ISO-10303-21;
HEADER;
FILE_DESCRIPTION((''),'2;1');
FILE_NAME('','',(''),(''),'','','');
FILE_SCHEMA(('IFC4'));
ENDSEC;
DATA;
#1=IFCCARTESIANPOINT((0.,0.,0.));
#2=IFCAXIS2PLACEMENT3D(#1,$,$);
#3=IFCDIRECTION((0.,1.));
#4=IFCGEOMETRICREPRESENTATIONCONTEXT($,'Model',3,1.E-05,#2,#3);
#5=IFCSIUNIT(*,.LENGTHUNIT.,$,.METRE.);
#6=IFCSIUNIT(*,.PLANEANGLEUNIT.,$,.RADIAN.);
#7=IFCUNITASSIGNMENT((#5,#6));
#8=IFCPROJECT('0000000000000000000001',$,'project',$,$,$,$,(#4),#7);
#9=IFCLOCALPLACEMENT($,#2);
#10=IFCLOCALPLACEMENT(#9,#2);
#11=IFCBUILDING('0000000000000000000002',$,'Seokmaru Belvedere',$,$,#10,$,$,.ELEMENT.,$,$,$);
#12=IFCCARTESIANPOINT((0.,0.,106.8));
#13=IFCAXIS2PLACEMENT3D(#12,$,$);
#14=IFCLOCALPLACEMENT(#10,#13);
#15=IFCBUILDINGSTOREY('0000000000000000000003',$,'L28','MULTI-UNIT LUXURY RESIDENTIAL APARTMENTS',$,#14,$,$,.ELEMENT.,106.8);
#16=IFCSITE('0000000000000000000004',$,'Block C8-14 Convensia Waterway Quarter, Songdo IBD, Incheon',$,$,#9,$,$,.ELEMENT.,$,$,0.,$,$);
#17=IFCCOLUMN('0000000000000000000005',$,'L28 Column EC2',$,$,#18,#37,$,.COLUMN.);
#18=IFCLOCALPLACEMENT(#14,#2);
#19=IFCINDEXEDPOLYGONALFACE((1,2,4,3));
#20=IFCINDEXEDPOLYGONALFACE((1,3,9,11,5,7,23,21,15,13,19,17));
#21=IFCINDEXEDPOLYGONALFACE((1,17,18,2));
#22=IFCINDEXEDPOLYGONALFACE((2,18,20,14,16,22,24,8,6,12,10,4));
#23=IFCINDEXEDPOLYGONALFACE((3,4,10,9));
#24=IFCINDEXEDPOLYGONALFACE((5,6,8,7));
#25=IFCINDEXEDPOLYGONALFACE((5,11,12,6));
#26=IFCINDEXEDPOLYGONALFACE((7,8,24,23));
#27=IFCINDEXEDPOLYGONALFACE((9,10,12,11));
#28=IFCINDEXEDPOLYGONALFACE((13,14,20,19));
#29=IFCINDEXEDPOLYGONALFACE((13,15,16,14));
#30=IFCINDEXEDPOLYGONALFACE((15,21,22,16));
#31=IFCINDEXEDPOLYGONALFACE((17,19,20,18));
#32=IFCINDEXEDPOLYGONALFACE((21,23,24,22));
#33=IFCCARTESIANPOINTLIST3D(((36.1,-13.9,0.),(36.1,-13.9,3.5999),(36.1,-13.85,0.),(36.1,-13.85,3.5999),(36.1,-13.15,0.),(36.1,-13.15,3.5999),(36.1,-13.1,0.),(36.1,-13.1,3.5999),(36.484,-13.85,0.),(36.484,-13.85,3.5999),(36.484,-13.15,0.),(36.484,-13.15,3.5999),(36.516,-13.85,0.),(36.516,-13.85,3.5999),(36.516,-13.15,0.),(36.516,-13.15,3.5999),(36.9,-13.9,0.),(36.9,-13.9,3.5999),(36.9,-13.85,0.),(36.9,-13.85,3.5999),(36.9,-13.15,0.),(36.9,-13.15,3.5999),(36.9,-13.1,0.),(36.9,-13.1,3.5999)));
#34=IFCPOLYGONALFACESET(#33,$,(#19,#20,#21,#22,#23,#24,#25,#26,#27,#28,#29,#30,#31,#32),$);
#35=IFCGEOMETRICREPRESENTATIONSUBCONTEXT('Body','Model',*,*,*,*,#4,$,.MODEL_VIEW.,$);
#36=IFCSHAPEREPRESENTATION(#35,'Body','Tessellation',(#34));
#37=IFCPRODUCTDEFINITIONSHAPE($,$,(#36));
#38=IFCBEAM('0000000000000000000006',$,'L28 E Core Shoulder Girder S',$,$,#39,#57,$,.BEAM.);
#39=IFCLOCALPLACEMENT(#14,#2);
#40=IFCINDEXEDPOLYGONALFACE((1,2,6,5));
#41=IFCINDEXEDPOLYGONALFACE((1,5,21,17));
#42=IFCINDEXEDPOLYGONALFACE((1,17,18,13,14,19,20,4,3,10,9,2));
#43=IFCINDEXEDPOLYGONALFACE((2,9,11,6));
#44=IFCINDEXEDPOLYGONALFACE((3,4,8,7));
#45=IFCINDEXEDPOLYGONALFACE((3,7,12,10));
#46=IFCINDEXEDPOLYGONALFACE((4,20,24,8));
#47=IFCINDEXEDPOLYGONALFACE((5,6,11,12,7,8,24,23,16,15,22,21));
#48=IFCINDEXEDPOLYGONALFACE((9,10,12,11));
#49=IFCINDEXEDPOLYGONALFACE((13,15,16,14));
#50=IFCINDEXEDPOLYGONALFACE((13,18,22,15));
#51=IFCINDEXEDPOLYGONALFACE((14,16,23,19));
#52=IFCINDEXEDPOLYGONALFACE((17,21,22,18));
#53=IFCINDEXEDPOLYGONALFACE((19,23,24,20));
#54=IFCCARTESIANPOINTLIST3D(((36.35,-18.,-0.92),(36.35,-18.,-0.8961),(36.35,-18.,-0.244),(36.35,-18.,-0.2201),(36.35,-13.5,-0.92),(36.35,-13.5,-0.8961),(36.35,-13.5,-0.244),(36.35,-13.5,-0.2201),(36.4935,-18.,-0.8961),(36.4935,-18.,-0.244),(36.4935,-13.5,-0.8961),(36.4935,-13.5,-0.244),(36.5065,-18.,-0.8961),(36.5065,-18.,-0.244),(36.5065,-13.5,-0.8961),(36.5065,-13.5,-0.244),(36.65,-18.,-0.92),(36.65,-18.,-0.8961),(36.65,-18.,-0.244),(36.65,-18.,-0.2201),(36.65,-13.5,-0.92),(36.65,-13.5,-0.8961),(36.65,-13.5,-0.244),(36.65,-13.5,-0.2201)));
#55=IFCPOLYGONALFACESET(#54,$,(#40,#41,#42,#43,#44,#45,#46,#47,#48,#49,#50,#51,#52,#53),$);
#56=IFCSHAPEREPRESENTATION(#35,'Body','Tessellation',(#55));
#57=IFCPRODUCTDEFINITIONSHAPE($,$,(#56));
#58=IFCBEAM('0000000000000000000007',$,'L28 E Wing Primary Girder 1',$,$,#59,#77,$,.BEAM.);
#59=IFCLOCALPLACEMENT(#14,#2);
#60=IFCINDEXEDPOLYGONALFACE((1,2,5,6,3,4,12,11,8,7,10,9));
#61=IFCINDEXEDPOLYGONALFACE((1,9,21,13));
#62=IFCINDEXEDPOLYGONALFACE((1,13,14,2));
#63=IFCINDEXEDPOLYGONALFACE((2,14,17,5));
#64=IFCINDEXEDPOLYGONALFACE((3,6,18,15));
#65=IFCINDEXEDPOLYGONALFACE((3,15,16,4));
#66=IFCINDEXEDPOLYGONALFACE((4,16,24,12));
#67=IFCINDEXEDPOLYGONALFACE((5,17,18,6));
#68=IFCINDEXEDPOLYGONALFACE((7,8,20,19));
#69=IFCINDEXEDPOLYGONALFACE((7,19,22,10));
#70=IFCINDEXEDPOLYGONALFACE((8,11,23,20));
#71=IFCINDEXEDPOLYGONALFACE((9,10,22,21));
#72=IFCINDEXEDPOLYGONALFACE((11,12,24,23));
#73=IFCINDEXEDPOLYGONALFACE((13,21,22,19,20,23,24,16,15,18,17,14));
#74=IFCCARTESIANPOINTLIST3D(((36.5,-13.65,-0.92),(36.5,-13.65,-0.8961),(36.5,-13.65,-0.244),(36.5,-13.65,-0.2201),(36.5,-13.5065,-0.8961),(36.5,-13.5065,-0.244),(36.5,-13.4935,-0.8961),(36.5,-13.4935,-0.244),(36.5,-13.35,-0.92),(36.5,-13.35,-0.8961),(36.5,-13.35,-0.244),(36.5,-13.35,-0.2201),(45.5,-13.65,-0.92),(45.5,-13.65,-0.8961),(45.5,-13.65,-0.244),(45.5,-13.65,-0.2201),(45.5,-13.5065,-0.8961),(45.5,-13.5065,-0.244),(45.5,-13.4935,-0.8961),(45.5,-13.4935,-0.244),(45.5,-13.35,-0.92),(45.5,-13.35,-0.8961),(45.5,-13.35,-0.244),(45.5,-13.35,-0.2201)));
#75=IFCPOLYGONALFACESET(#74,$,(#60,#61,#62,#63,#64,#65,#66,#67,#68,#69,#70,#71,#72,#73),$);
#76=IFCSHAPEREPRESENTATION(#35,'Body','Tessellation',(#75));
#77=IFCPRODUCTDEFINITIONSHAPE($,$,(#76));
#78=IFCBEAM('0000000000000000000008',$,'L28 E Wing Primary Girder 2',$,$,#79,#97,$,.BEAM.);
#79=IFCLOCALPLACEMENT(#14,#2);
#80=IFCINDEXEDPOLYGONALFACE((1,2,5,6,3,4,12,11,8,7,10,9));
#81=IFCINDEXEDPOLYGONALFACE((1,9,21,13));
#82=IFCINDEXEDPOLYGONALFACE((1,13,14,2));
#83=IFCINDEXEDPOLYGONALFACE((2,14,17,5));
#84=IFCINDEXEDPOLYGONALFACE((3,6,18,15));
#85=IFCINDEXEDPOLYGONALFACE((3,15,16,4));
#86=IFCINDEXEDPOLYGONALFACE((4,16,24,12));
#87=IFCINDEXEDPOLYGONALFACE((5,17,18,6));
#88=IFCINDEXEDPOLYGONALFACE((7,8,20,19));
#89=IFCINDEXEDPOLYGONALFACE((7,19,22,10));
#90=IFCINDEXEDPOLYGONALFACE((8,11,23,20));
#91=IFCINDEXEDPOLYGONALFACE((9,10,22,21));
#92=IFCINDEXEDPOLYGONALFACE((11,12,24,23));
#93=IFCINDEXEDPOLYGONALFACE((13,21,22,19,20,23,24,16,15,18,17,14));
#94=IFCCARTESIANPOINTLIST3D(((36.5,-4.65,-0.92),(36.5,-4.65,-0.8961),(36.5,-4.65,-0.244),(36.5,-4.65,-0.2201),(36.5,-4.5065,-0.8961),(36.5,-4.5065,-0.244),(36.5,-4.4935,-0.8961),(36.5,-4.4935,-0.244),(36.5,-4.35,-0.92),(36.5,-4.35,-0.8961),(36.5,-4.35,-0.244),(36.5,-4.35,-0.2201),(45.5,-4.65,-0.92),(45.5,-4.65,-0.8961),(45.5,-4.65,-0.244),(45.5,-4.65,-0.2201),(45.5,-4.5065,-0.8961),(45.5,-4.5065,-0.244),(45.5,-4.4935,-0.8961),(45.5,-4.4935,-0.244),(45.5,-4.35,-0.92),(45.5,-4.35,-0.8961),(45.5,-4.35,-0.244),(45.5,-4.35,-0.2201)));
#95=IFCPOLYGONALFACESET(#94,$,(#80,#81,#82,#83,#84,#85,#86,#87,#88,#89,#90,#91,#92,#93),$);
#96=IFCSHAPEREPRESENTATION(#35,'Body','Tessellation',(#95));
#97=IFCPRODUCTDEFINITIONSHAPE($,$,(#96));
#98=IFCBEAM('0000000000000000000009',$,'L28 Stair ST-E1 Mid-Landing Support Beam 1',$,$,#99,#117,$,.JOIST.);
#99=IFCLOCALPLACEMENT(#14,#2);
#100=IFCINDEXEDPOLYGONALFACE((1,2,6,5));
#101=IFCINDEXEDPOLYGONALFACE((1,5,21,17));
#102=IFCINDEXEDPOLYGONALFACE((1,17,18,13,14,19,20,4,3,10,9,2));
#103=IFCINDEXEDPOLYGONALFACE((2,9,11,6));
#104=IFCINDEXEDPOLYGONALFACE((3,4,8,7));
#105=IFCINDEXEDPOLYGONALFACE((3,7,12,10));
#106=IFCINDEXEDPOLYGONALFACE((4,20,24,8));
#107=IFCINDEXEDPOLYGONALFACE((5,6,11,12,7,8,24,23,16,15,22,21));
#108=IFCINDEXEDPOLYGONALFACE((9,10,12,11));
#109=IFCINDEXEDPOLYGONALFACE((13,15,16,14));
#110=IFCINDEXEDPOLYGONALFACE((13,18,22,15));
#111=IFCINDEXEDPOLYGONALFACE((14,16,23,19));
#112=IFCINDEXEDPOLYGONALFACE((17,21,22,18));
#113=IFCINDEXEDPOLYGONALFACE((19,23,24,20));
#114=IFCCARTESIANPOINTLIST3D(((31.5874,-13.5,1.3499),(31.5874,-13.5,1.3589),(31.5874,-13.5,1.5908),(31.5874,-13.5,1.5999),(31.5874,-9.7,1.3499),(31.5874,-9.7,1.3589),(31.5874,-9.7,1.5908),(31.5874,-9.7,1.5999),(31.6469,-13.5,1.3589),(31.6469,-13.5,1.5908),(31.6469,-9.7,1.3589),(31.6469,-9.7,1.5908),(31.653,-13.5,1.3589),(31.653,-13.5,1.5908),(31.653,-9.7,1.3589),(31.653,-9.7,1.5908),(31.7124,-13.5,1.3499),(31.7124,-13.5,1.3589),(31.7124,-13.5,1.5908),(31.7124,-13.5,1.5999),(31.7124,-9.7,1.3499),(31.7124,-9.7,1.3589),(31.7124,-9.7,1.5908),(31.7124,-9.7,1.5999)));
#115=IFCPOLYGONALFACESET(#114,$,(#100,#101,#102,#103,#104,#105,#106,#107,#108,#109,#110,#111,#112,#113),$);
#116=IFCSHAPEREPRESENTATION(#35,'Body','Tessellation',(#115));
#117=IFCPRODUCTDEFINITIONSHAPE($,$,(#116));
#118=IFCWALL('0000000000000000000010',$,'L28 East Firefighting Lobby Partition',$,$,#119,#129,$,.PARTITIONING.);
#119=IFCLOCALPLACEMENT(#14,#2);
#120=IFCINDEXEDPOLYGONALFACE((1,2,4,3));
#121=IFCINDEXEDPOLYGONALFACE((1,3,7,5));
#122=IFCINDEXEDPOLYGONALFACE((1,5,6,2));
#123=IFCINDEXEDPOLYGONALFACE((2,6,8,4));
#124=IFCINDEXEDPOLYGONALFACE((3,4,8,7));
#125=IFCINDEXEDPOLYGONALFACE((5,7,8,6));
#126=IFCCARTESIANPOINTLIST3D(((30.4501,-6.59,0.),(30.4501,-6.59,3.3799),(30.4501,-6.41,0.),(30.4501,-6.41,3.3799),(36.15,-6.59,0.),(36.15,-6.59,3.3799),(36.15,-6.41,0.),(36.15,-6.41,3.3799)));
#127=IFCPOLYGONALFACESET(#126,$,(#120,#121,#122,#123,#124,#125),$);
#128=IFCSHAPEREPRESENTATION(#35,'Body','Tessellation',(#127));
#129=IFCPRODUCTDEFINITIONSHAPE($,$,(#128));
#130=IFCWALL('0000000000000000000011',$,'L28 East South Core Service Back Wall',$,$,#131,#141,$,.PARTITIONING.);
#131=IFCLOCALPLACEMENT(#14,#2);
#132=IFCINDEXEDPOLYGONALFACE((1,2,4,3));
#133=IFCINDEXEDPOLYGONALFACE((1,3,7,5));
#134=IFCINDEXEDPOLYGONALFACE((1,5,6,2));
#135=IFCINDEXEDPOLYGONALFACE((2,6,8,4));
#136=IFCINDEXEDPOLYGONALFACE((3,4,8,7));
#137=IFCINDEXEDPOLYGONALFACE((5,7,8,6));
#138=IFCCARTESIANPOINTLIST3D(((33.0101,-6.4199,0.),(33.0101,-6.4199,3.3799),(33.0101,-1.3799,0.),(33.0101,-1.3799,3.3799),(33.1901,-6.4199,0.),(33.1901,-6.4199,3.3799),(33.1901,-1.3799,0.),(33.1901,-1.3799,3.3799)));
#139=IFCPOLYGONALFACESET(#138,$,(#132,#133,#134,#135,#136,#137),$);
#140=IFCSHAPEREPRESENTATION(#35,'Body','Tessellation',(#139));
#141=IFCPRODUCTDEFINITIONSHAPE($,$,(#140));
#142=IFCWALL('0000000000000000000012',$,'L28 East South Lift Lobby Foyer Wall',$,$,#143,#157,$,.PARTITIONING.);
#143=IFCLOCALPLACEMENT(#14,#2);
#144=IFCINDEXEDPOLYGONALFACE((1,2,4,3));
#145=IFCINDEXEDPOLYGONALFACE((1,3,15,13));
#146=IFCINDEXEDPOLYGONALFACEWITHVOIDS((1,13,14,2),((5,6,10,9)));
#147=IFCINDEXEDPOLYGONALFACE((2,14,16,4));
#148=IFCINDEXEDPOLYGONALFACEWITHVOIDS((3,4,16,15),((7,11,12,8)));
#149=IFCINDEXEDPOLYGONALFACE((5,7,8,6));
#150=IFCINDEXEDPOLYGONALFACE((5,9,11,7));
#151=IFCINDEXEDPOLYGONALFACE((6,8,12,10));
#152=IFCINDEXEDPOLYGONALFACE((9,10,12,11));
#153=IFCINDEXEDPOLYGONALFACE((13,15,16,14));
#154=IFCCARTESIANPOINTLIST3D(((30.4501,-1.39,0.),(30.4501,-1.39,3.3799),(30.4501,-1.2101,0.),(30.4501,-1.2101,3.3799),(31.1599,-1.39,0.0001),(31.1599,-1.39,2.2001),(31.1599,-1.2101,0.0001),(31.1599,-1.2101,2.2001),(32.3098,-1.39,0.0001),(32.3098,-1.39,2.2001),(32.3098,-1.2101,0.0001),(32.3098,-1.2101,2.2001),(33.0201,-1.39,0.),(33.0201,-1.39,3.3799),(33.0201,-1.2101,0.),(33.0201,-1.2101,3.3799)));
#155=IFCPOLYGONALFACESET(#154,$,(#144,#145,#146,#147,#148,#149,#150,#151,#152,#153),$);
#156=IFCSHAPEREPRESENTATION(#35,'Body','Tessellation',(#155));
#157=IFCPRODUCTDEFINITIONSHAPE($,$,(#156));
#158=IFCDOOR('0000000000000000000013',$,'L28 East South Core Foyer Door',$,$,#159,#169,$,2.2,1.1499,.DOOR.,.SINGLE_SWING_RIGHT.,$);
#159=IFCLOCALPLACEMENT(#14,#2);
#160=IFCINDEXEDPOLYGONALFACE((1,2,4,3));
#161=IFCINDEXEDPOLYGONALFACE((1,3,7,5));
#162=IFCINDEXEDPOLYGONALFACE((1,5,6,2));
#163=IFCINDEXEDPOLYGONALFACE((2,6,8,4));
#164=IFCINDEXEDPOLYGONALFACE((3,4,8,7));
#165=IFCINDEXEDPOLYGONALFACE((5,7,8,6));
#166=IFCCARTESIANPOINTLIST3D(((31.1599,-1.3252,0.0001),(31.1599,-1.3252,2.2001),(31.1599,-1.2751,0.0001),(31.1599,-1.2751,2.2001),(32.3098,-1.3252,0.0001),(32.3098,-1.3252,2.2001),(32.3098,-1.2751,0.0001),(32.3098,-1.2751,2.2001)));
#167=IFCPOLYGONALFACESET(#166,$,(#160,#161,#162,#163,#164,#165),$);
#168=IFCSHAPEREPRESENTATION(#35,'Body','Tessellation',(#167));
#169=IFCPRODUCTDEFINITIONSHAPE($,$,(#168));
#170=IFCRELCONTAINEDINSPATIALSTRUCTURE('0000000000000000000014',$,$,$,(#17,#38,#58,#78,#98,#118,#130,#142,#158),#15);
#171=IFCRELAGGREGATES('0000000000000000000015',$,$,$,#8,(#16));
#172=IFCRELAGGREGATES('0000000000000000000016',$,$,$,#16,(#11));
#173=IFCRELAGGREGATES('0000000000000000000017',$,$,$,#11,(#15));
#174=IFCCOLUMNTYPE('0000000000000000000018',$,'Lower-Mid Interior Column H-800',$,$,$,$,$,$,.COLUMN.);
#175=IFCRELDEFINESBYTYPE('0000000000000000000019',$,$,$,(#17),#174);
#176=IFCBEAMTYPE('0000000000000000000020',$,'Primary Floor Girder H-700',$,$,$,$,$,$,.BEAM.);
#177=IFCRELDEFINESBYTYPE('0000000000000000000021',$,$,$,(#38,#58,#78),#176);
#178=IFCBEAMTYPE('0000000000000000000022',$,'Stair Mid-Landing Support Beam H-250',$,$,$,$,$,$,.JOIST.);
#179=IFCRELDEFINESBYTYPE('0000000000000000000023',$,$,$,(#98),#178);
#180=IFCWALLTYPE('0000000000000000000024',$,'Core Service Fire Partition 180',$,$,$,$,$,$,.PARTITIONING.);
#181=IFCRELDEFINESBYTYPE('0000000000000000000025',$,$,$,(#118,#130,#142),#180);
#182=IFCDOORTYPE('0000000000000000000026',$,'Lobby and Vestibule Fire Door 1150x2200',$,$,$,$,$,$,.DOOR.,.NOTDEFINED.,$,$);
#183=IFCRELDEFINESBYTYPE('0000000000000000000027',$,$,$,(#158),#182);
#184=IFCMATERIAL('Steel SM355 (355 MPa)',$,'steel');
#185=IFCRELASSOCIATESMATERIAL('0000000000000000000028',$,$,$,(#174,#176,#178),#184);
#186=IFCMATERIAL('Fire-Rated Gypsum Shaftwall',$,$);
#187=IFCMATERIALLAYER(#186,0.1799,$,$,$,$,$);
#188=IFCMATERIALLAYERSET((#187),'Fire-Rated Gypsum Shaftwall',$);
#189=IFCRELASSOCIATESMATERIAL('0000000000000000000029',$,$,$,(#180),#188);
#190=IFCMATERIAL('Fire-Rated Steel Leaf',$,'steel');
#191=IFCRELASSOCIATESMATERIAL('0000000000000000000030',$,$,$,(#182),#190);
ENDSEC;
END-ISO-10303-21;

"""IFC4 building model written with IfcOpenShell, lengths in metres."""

from ifc_helpers import new_model, si_unit, direction, frame, frame_2d, origin, origin_2d, place, context, subcontext, project, spatial, rectangle, i_section, extrude, source, transform, mapped, material, layer, layer_set, material_profile, profile_set, type_object, type_shapes, element, fill, save


model = new_model("IFC4")

# Units and contexts
model_context = context("Model", 3, precision=1e-05, world=origin(), true_north=direction((0.0, 1.0)))
body_context = subcontext(model_context, "Body", "Model", "MODEL_VIEW")
ifc_project = project(units=[si_unit("LENGTHUNIT", "METRE"), si_unit("PLANEANGLEUNIT", "RADIAN")], contexts=[model_context])

# Site, building, storey
site_placement = place(None, origin())
site = spatial("IfcSite", under=ifc_project, at=site_placement, Name="Block C8-14 Convensia Waterway Quarter, Songdo IBD, Incheon", CompositionType="ELEMENT", RefElevation=0.0)
building_placement = place(site_placement, origin())
building = spatial("IfcBuilding", under=site, at=building_placement, Name="Seokmaru Belvedere", CompositionType="ELEMENT")
storey_placement = place(building_placement, frame((0.0, 0.0, 106.8)))
storey = spatial("IfcBuildingStorey", under=building, at=storey_placement, Name="L28", Description="MULTI-UNIT LUXURY RESIDENTIAL APARTMENTS", CompositionType="ELEMENT", Elevation=106.8)

# Column
ifc_material_1 = material(Name="Steel SM355 (355 MPa)", Category="steel")
ifc_material_profile_1 = material_profile(ifc_material_1, i_section(OverallWidth=0.8, OverallDepth=0.8, WebThickness=0.032, FlangeThickness=0.05, at=origin_2d()), Name="H-800x800x32x50")
ifc_profile_set_1 = profile_set([ifc_material_profile_1], Name="Steel SM355 (355 MPa)")
column_type = type_object("IfcColumnType", Name="Lower-Mid Interior Column H-800", PredefinedType="COLUMN", material=ifc_profile_set_1)
shared_shape_1 = source(origin(), body_context, "Body", "SweptSolid", [
    extrude(i_section(OverallWidth=0.8, OverallDepth=0.8, WebThickness=0.032, FlangeThickness=0.05, at=origin_2d()), origin(), (0.0, 0.0, 1.0), 3.5999),
])
type_shapes(column_type, [shared_shape_1])
column_placement = place(storey_placement, frame((36.5, -13.5, 0.0), z_axis=(0.0, 0.0, 1.0), x_axis=(1.0, 0.0, 0.0)))
element("IfcColumn", 1, at=column_placement, inside=storey, type_object=column_type, Name="L28 Column EC2", PredefinedType="COLUMN", context=body_context, shape_type="MappedRepresentation", body=[
    mapped(shared_shape_1, transform((0.0, 0.0, 0.0), scale=1.0)),
])

# Beams
ifc_material_profile_2 = material_profile(ifc_material_1, i_section(OverallWidth=0.3, OverallDepth=0.7, WebThickness=0.0129, FlangeThickness=0.0239, at=origin_2d()), Name="H-700x300x13x24")
ifc_profile_set_2 = profile_set([ifc_material_profile_2], Name="Steel SM355 (355 MPa)")
beam_type_1 = type_object("IfcBeamType", Name="Primary Floor Girder H-700", PredefinedType="BEAM", material=ifc_profile_set_2)
shared_shape_2 = source(origin(), body_context, "Body", "SweptSolid", [
    extrude(i_section(OverallWidth=0.3, OverallDepth=0.7, WebThickness=0.0129, FlangeThickness=0.0239, at=origin_2d()), origin(), (0.0, 0.0, 1.0), 4.5),
])
beam_1_placement = place(storey_placement, frame((36.5, -18.0, -0.5701), z_axis=(0.0, 1.0, 0.0), x_axis=(-1.0, 0.0, 0.0)))
element("IfcBeam", 2, at=beam_1_placement, inside=storey, type_object=beam_type_1, Name="L28 E Core Shoulder Girder S", PredefinedType="BEAM", context=body_context, shape_type="MappedRepresentation", body=[
    mapped(shared_shape_2, transform((0.0, 0.0, 0.0), scale=1.0)),
])
shared_shape_3 = source(origin(), body_context, "Body", "SweptSolid", [
    extrude(i_section(OverallWidth=0.3, OverallDepth=0.7, WebThickness=0.0129, FlangeThickness=0.0239, at=origin_2d()), origin(), (0.0, 0.0, 1.0), 9.0),
])
type_shapes(beam_type_1, [shared_shape_2, shared_shape_3])
for number, where, z_axis, x_axis, name in (
    (3, (36.5, -13.5, -0.5701), (1.0, 0.0, 0.0), (0.0, 1.0, 0.0), "L28 E Wing Primary Girder 1"),
    (4, (36.5, -4.5, -0.5701), (1.0, 0.0, 0.0), (0.0, 1.0, 0.0), "L28 E Wing Primary Girder 2"),
):
    element("IfcBeam", number, at=place(storey_placement, frame(where, z_axis=z_axis, x_axis=x_axis)), inside=storey, type_object=beam_type_1, Name=name, PredefinedType="BEAM", context=body_context, shape_type="MappedRepresentation", body=[
        mapped(shared_shape_3, transform((0.0, 0.0, 0.0), scale=1.0)),
    ])
ifc_material_profile_3 = material_profile(ifc_material_1, i_section(OverallWidth=0.125, OverallDepth=0.25, WebThickness=0.0061, FlangeThickness=0.009, at=origin_2d()), Name="H-250x125x6x9")
ifc_profile_set_3 = profile_set([ifc_material_profile_3], Name="Steel SM355 (355 MPa)")
beam_type_2 = type_object("IfcBeamType", Name="Stair Mid-Landing Support Beam H-250", PredefinedType="JOIST", material=ifc_profile_set_3)
shared_shape_4 = source(origin(), body_context, "Body", "SweptSolid", [
    extrude(i_section(OverallWidth=0.125, OverallDepth=0.25, WebThickness=0.0061, FlangeThickness=0.009, at=origin_2d()), origin(), (0.0, 0.0, 1.0), 3.8),
])
type_shapes(beam_type_2, [shared_shape_4])
beam_2_placement = place(storey_placement, frame((31.6499, -13.5, 1.4749), z_axis=(0.0, 1.0, 0.0), x_axis=(-1.0, 0.0, 0.0)))
element("IfcBeam", 5, at=beam_2_placement, inside=storey, type_object=beam_type_2, Name="L28 Stair ST-E1 Mid-Landing Support Beam 1", PredefinedType="JOIST", context=body_context, shape_type="MappedRepresentation", body=[
    mapped(shared_shape_4, transform((0.0, 0.0, 0.0), scale=1.0)),
])

# Walls
ifc_material_2 = material(Name="Fire-Rated Gypsum Shaftwall")
ifc_layer_1 = layer(ifc_material_2, 0.1799)
ifc_layer_set_1 = layer_set([ifc_layer_1], Name="Fire-Rated Gypsum Shaftwall")
wall_type_1 = type_object("IfcWallType", Name="Core Service Fire Partition 180", PredefinedType="PARTITIONING", material=ifc_layer_set_1)
wall_1_placement = place(storey_placement, frame((30.45, -6.5, 0.0), z_axis=(0.0, 0.0, 1.0), x_axis=(1.0, 0.0, 0.0)))
element("IfcWall", 6, at=wall_1_placement, inside=storey, type_object=wall_type_1, Name="L28 East Firefighting Lobby Partition", PredefinedType="PARTITIONING", context=body_context, shape_type="SweptSolid", body=[
    extrude(rectangle(XDim=5.7, YDim=0.1799, at=frame_2d((2.8501, 0.0))), origin(), (0.0, 0.0, 1.0), 3.3799),
])
wall_2_placement = place(storey_placement, frame((33.1001, -6.4199, 0.0), z_axis=(0.0, 0.0, 1.0), x_axis=(0.0, 1.0, 0.0)))
element("IfcWall", 7, at=wall_2_placement, inside=storey, type_object=wall_type_1, Name="L28 East South Core Service Back Wall", PredefinedType="PARTITIONING", context=body_context, shape_type="SweptSolid", body=[
    extrude(rectangle(XDim=5.04, YDim=0.1799, at=frame_2d((2.52, 0.0))), origin(), (0.0, 0.0, 1.0), 3.3799),
])

# Wall, opening, door
wall_3_placement = place(storey_placement, frame((30.45, -1.3, 0.0), z_axis=(0.0, 0.0, 1.0), x_axis=(1.0, 0.0, 0.0)))
wall_3 = element("IfcWall", 8, at=wall_3_placement, inside=storey, type_object=wall_type_1, Name="L28 East South Lift Lobby Foyer Wall", PredefinedType="PARTITIONING", context=body_context, shape_type="SweptSolid", body=[
    extrude(rectangle(XDim=2.5701, YDim=0.1799, at=frame_2d((1.2852, 0.0))), origin(), (0.0, 0.0, 1.0), 3.3799),
])
opening_1_placement = place(wall_3_placement, frame((0.71, 0.0, 0.0)))
opening_1 = element("IfcOpeningElement", 9, at=opening_1_placement, cuts=wall_3, PredefinedType="OPENING", context=body_context, shape_type="SweptSolid", body=[
    extrude(rectangle(XDim=1.1499, YDim=2.2, at=frame_2d((0.575, 1.1001))), frame((0.0, 0.1001, 0.0), z_axis=(0.0, -1.0, 0.0), x_axis=(1.0, 0.0, 0.0)), (0.0, 0.0, 1.0), 0.2),
])
ifc_material_3 = material(Name="Fire-Rated Steel Leaf", Category="steel")
door_type_1 = type_object("IfcDoorType", Name="Lobby and Vestibule Fire Door 1150x2200", OperationType="NOTDEFINED", PredefinedType="DOOR", material=ifc_material_3)
shared_shape_5 = source(origin(), body_context, "Body", "SweptSolid", [
    extrude(rectangle(XDim=1.1499, YDim=2.2, at=frame_2d((0.575, 1.1001))), frame((0.0, 0.0249, 0.0), z_axis=(0.0, -1.0, 0.0), x_axis=(1.0, 0.0, 0.0)), (0.0, 0.0, 1.0), 0.05),
])
type_shapes(door_type_1, [shared_shape_5])
door_1_placement = place(opening_1_placement, origin())
door_1 = element("IfcDoor", 10, at=door_1_placement, inside=storey, type_object=door_type_1, Name="L28 East South Core Foyer Door", OperationType="SINGLE_SWING_RIGHT", OverallHeight=2.2, OverallWidth=1.1499, PredefinedType="DOOR", context=body_context, shape_type="MappedRepresentation", body=[
    mapped(shared_shape_5, transform((0.0, 0.0, 0.0), scale=1.0)),
])
fill(opening_1, door_1)

save(model, "model.ifc")
